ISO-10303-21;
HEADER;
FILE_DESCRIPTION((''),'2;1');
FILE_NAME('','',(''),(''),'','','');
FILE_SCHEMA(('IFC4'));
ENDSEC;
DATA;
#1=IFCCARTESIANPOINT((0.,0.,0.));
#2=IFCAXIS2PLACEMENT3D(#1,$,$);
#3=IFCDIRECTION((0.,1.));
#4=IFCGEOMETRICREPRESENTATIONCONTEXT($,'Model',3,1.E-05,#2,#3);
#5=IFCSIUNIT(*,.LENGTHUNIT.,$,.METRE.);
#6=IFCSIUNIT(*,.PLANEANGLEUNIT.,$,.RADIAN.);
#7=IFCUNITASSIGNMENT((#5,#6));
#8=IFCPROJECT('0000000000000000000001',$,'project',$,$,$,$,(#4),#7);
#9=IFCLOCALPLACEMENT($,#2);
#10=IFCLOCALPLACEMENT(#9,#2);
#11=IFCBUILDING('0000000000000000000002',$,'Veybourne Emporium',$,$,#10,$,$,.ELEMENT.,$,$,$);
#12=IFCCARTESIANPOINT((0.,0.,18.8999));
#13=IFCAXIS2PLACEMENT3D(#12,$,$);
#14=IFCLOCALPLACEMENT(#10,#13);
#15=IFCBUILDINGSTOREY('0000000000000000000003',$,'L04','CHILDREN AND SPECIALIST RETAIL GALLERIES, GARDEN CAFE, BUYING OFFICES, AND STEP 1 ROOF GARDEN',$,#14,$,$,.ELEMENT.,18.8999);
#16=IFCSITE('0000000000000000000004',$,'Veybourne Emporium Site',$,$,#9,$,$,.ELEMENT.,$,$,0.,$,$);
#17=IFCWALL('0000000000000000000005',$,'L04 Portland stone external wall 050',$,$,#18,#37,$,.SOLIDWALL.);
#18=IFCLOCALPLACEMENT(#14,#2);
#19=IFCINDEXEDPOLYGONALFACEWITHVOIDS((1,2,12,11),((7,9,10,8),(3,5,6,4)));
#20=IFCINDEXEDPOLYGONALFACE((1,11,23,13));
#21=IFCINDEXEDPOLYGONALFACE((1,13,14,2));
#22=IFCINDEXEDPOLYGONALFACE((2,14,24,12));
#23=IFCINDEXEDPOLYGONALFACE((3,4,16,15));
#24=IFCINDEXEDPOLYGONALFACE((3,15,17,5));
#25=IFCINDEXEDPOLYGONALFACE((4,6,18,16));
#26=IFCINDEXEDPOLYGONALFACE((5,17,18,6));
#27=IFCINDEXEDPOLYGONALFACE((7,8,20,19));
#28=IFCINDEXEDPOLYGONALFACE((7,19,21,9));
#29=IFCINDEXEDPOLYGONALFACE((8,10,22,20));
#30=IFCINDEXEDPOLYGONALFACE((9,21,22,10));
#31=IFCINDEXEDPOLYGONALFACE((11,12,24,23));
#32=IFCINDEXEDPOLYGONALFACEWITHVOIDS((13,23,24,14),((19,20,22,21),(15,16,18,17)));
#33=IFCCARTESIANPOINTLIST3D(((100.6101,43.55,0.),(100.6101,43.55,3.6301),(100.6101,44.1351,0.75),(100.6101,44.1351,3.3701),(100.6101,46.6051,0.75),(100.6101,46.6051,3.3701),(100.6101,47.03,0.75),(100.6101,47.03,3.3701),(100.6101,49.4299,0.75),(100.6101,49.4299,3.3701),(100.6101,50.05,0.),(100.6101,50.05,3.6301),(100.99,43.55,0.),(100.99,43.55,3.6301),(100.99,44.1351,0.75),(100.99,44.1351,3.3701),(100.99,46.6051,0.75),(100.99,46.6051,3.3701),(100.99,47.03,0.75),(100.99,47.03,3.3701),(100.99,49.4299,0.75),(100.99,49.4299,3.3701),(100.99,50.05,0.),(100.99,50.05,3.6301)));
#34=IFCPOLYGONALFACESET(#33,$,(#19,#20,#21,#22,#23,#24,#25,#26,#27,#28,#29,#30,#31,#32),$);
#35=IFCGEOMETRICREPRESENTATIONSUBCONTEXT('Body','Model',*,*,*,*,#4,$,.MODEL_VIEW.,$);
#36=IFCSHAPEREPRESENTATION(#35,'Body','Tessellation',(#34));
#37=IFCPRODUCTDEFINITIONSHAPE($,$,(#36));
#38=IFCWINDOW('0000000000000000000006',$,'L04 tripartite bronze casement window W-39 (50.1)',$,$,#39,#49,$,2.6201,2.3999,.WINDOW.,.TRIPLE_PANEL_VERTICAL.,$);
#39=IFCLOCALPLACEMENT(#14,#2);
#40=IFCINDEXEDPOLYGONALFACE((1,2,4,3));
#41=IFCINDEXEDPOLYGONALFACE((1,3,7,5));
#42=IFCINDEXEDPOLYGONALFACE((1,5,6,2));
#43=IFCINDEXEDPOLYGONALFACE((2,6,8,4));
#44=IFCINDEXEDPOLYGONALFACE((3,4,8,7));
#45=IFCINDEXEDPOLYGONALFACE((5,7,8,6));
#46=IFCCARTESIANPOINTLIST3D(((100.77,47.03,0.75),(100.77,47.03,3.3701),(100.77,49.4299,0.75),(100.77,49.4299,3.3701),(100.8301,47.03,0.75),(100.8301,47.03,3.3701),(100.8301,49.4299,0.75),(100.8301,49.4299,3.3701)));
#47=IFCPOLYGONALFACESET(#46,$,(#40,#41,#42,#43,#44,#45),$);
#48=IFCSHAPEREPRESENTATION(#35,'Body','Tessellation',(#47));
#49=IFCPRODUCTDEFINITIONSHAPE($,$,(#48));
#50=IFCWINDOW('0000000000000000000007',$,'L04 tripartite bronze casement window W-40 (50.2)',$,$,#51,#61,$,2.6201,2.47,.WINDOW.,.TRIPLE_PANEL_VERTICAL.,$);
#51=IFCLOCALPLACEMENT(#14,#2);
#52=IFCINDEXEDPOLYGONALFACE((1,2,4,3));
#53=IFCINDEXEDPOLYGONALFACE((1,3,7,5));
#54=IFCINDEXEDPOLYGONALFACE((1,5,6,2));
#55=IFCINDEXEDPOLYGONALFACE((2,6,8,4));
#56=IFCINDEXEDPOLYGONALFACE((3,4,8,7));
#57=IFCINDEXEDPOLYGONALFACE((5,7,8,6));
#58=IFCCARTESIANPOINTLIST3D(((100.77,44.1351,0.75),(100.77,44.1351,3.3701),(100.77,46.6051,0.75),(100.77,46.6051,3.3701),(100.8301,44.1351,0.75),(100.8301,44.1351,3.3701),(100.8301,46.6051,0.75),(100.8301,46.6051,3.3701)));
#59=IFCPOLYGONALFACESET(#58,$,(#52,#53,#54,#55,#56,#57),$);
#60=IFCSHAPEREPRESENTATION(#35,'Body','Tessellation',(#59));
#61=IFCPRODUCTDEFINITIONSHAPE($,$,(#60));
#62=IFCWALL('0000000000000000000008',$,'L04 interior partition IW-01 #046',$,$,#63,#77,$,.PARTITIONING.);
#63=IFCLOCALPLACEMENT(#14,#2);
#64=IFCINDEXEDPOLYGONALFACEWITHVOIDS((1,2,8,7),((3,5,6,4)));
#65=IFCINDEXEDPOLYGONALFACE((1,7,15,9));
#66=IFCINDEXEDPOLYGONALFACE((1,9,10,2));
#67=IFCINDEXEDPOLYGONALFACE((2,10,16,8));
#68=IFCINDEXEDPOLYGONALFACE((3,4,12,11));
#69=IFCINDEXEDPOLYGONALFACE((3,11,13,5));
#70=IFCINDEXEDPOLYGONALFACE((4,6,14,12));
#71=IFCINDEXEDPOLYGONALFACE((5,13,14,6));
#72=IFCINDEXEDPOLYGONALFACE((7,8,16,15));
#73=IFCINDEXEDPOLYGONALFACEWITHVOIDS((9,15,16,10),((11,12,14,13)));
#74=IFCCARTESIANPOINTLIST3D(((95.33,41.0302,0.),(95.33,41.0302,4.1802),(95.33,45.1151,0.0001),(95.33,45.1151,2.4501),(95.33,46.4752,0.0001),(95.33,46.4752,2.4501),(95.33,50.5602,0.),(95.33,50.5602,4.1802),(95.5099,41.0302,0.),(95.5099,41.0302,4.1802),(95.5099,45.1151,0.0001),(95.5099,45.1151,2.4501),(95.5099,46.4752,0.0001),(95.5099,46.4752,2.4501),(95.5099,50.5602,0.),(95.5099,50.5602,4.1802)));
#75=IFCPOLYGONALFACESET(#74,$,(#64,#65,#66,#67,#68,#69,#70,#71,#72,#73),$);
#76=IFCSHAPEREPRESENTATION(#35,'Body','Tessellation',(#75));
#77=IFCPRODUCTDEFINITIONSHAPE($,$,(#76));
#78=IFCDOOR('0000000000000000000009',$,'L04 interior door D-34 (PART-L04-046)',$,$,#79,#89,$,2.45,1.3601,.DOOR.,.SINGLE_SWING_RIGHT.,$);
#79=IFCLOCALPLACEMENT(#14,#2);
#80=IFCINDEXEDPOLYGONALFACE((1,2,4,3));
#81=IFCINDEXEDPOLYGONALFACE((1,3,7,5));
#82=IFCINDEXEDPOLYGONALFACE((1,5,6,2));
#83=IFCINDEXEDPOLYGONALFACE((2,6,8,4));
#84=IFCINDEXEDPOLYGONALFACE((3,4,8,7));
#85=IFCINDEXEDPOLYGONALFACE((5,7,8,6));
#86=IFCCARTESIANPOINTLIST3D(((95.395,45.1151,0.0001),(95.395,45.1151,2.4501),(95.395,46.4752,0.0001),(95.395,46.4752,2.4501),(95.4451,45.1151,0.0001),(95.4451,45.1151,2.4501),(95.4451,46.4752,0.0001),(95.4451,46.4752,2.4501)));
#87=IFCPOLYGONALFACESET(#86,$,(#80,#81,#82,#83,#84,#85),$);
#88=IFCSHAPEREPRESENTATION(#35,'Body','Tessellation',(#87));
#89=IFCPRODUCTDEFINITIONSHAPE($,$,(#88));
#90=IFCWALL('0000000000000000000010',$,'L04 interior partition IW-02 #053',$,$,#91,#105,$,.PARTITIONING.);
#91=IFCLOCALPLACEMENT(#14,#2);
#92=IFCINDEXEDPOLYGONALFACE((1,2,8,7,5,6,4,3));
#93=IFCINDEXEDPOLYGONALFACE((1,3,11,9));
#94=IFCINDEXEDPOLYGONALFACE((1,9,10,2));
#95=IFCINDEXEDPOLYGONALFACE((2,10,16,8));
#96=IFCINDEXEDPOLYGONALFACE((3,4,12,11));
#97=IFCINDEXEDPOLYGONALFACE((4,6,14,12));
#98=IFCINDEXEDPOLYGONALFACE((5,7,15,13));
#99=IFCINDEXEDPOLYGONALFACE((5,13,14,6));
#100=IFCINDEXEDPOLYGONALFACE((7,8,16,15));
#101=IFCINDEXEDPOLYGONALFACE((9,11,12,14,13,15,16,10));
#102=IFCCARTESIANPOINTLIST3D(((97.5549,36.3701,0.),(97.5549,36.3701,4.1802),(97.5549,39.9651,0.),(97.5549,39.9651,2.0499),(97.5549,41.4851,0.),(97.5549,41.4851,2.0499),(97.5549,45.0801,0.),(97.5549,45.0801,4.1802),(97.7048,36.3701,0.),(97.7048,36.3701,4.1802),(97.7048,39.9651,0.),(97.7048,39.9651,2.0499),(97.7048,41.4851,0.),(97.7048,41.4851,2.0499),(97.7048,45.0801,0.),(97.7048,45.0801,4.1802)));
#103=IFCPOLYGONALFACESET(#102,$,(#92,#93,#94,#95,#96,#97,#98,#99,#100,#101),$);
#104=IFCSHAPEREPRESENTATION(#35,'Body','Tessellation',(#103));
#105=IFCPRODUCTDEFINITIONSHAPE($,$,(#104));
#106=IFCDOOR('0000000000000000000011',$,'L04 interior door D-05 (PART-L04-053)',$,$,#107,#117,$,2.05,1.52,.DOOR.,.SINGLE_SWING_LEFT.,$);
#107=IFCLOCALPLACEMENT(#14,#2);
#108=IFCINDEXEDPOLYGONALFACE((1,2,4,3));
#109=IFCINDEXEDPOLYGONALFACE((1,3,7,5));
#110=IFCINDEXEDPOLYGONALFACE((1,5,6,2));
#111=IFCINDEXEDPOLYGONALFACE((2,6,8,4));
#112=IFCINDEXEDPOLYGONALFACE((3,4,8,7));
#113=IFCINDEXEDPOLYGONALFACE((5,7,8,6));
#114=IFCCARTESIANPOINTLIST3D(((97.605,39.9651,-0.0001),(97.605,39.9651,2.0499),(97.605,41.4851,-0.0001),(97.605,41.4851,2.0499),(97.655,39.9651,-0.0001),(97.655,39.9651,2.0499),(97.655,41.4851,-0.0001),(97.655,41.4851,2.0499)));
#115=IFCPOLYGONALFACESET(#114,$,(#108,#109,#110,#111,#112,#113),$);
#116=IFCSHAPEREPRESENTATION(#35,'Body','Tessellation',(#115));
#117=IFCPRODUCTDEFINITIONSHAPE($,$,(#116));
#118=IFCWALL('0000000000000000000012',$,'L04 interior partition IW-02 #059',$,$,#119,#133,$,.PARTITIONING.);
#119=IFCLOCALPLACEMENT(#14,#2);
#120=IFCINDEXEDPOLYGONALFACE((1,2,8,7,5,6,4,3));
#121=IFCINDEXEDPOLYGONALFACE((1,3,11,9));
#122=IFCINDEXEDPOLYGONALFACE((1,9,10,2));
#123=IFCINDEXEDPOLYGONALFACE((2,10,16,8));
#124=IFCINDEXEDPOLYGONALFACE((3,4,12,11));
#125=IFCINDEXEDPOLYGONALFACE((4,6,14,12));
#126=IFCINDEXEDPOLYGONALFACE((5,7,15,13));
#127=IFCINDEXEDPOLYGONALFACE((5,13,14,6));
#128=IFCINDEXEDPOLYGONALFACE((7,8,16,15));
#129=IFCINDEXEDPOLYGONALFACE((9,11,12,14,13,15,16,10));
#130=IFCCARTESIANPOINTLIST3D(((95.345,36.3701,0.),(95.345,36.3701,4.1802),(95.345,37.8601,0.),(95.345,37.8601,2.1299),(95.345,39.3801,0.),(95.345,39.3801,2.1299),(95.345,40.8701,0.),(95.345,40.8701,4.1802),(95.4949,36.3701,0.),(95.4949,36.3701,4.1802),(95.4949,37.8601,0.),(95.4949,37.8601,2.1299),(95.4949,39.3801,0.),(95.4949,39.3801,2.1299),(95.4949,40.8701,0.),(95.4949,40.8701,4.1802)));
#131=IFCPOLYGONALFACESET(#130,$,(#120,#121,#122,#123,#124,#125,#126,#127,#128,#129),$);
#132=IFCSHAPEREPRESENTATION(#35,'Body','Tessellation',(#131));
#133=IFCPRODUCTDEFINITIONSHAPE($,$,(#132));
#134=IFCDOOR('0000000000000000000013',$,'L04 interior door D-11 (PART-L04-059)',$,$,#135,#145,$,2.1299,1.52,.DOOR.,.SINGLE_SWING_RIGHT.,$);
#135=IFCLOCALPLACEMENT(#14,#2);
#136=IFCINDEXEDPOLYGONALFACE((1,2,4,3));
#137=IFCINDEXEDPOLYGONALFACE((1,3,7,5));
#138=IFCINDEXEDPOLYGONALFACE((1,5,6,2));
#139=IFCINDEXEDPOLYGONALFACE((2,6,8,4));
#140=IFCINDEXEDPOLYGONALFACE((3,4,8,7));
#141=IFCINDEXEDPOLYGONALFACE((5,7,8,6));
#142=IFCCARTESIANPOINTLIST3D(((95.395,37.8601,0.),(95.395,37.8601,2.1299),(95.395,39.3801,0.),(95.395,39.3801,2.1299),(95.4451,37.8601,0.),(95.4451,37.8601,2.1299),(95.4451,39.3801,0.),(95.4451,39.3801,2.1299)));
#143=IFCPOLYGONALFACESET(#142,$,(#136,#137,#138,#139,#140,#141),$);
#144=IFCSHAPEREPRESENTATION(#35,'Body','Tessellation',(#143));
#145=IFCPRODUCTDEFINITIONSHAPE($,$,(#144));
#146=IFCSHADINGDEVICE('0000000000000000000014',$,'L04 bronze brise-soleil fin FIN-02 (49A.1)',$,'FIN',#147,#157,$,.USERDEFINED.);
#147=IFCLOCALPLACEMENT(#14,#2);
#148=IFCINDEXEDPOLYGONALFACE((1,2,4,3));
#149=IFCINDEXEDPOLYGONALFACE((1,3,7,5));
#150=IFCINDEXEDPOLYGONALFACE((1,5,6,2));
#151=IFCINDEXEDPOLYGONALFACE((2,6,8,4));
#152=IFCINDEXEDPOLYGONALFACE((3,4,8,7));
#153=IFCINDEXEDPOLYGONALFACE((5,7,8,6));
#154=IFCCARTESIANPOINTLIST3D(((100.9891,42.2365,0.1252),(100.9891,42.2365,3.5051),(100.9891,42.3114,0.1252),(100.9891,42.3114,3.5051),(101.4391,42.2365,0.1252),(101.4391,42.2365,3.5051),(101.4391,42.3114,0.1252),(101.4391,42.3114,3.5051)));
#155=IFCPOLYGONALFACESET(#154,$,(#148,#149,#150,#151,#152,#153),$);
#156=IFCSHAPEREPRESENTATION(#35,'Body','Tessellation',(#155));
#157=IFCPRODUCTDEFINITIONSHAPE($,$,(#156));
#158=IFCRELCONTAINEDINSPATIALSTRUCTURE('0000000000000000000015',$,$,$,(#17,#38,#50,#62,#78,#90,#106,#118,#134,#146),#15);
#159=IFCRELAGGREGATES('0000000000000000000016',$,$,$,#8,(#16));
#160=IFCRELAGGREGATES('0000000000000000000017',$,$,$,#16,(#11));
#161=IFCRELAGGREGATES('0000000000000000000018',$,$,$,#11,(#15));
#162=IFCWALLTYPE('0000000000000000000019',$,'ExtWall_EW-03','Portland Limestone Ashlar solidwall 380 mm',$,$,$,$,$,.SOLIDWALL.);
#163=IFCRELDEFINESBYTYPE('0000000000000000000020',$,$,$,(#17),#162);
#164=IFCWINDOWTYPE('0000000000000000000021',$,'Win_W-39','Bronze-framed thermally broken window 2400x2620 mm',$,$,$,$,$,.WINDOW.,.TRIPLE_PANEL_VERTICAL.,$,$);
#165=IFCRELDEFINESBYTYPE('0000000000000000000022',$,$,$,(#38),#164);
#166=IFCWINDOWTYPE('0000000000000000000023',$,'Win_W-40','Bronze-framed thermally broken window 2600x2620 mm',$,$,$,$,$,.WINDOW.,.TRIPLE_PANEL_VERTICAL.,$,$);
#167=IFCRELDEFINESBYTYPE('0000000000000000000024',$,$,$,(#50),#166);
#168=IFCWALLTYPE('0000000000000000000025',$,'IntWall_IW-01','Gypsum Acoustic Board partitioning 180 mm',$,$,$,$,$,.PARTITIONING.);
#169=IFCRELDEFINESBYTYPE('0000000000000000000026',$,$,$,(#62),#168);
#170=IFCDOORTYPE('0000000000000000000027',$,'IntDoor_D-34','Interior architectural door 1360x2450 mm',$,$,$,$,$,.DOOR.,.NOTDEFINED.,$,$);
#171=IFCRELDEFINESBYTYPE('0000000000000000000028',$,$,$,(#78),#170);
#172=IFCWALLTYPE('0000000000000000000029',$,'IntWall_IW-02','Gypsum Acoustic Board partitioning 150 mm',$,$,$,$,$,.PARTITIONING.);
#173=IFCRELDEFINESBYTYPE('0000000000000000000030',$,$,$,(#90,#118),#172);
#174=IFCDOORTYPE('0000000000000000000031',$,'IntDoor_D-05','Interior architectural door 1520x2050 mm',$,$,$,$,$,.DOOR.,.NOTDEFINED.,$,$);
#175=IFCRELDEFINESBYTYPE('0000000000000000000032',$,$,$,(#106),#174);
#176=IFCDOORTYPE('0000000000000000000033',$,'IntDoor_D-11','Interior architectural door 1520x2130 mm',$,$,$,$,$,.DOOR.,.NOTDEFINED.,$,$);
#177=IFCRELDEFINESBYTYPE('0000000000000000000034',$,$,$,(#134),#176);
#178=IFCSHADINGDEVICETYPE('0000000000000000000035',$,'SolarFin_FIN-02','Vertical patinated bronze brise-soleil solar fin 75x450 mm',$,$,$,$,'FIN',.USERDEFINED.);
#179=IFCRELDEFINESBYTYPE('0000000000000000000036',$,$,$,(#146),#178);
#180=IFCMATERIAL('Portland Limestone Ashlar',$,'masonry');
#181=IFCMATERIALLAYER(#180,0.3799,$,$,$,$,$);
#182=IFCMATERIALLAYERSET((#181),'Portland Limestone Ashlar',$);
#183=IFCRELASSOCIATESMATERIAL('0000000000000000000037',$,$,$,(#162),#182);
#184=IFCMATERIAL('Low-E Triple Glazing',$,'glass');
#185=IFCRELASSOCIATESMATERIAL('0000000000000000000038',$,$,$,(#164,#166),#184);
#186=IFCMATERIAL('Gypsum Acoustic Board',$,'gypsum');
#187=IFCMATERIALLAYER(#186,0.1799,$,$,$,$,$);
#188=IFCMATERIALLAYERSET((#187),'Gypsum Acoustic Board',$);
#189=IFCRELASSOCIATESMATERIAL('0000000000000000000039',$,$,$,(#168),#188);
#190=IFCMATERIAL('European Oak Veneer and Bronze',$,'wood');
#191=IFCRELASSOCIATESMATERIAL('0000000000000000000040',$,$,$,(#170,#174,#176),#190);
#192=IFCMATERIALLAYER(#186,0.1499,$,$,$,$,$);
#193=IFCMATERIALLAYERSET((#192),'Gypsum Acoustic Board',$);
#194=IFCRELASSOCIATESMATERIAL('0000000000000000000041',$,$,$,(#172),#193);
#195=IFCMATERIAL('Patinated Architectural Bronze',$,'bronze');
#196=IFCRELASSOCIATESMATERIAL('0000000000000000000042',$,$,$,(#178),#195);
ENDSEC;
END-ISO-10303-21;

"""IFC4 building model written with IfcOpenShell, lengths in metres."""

from ifc_helpers import new_model, si_unit, direction, frame, frame_2d, origin, origin_2d, place, context, subcontext, project, spatial, rectangle, extrude, material, layer, layer_set, type_object, element, fill, save


model = new_model("IFC4")

# Units and contexts
model_context = context("Model", 3, precision=1e-05, world=origin(), true_north=direction((0.0, 1.0)))
body_context = subcontext(model_context, "Body", "Model", "MODEL_VIEW")
ifc_project = project(units=[si_unit("LENGTHUNIT", "METRE"), si_unit("PLANEANGLEUNIT", "RADIAN")], contexts=[model_context])

# Site, building, storey
site_placement = place(None, origin())
site = spatial("IfcSite", under=ifc_project, at=site_placement, Name="Veybourne Emporium Site", CompositionType="ELEMENT", RefElevation=0.0)
building_placement = place(site_placement, origin())
building = spatial("IfcBuilding", under=site, at=building_placement, Name="Veybourne Emporium", CompositionType="ELEMENT")
storey_placement = place(building_placement, frame((0.0, 0.0, 18.8999)))
storey = spatial("IfcBuildingStorey", under=building, at=storey_placement, Name="L04", Description="CHILDREN AND SPECIALIST RETAIL GALLERIES, GARDEN CAFE, BUYING OFFICES, AND STEP 1 ROOF GARDEN", CompositionType="ELEMENT", Elevation=18.8999)

# Shared definitions
ifc_material_1 = material(Name="Patinated Architectural Bronze", Category="bronze")

# Shared definitions
ifc_material_2 = material(Name="Low-E Triple Glazing", Category="glass")

# Shared definitions
ifc_material_3 = material(Name="Portland Limestone Ashlar", Category="masonry")
ifc_layer_1 = layer(ifc_material_3, 0.3799)
ifc_layer_set_1 = layer_set([ifc_layer_1], Name="Portland Limestone Ashlar")
wall_type_1 = type_object("IfcWallType", Name="ExtWall_EW-03", Description="Portland Limestone Ashlar solidwall 380 mm", PredefinedType="SOLIDWALL", material=ifc_layer_set_1)

# Wall, openings, windows
wall_1_placement = place(storey_placement, frame((100.8, 50.05, 0.0), z_axis=(0.0, 0.0, 1.0), x_axis=(0.0, -1.0, 0.0)))
wall_1 = element("IfcWall", 1, at=wall_1_placement, inside=storey, type_object=wall_type_1, Name="L04 Portland stone external wall 050", PredefinedType="SOLIDWALL", context=body_context, shape_type="SweptSolid", body=[
    extrude(rectangle(XDim=6.5, YDim=0.3799, at=frame_2d((3.25, 0.0))), origin(), (0.0, 0.0, 1.0), 3.6301),
])
opening_1_placement = place(wall_1_placement, frame((0.6201, 0.0, 0.75)))
opening_1 = element("IfcOpeningElement", 2, at=opening_1_placement, cuts=wall_1, PredefinedType="OPENING", context=body_context, shape_type="SweptSolid", body=[
    extrude(rectangle(XDim=2.3999, YDim=2.6201, at=frame_2d((1.2, 1.3101))), frame((0.0, 0.21, 0.0), z_axis=(0.0, -1.0, 0.0), x_axis=(1.0, 0.0, 0.0)), (0.0, 0.0, 1.0), 0.4199),
])
opening_2_placement = place(wall_1_placement, frame((3.4451, 0.0, 0.75)))
opening_2 = element("IfcOpeningElement", 3, at=opening_2_placement, cuts=wall_1, PredefinedType="OPENING", context=body_context, shape_type="SweptSolid", body=[
    extrude(rectangle(XDim=2.47, YDim=2.6201, at=frame_2d((1.2349, 1.3101))), frame((0.0, 0.21, 0.0), z_axis=(0.0, -1.0, 0.0), x_axis=(1.0, 0.0, 0.0)), (0.0, 0.0, 1.0), 0.4199),
])
window_type_1 = type_object("IfcWindowType", Name="Win_W-39", Description="Bronze-framed thermally broken window 2400x2620 mm", PartitioningType="TRIPLE_PANEL_VERTICAL", PredefinedType="WINDOW", material=ifc_material_2)
window_1_placement = place(opening_1_placement, origin())
window_1 = element("IfcWindow", 4, at=window_1_placement, inside=storey, type_object=window_type_1, Name="L04 tripartite bronze casement window W-39 (50.1)", OverallHeight=2.6201, OverallWidth=2.3999, PartitioningType="TRIPLE_PANEL_VERTICAL", PredefinedType="WINDOW", context=body_context, shape_type="SweptSolid", body=[
    extrude(rectangle(XDim=2.3999, YDim=2.6201, at=frame_2d((1.2, 1.3101))), frame((0.0, 0.03, 0.0), z_axis=(0.0, -1.0, 0.0), x_axis=(1.0, 0.0, 0.0)), (0.0, 0.0, 1.0), 0.0601),
])
fill(opening_1, window_1)
window_type_2 = type_object("IfcWindowType", Name="Win_W-40", Description="Bronze-framed thermally broken window 2600x2620 mm", PartitioningType="TRIPLE_PANEL_VERTICAL", PredefinedType="WINDOW", material=ifc_material_2)
window_2_placement = place(opening_2_placement, origin())
window_2 = element("IfcWindow", 5, at=window_2_placement, inside=storey, type_object=window_type_2, Name="L04 tripartite bronze casement window W-40 (50.2)", OverallHeight=2.6201, OverallWidth=2.47, PartitioningType="TRIPLE_PANEL_VERTICAL", PredefinedType="WINDOW", context=body_context, shape_type="SweptSolid", body=[
    extrude(rectangle(XDim=2.47, YDim=2.6201, at=frame_2d((1.2349, 1.3101))), frame((0.0, 0.03, 0.0), z_axis=(0.0, -1.0, 0.0), x_axis=(1.0, 0.0, 0.0)), (0.0, 0.0, 1.0), 0.0601),
])
fill(opening_2, window_2)

# Walls, openings, doors
ifc_material_4 = material(Name="Gypsum Acoustic Board", Category="gypsum")
ifc_layer_2 = layer(ifc_material_4, 0.1799)
ifc_layer_set_2 = layer_set([ifc_layer_2], Name="Gypsum Acoustic Board")
wall_type_2 = type_object("IfcWallType", Name="IntWall_IW-01", Description="Gypsum Acoustic Board partitioning 180 mm", PredefinedType="PARTITIONING", material=ifc_layer_set_2)
wall_2_placement = place(storey_placement, frame((95.4199, 41.03, 0.0), z_axis=(0.0, 0.0, 1.0), x_axis=(0.0, 1.0, 0.0)))
wall_2 = element("IfcWall", 6, at=wall_2_placement, inside=storey, type_object=wall_type_2, Name="L04 interior partition IW-01 #046", PredefinedType="PARTITIONING", context=body_context, shape_type="SweptSolid", body=[
    extrude(rectangle(XDim=9.53, YDim=0.1799, at=frame_2d((4.7651, 0.0))), origin(), (0.0, 0.0, 1.0), 4.1802),
])
opening_3_placement = place(wall_2_placement, frame((4.085, 0.0, 0.0)))
opening_3 = element("IfcOpeningElement", 7, at=opening_3_placement, cuts=wall_2, PredefinedType="OPENING", context=body_context, shape_type="SweptSolid", body=[
    extrude(rectangle(XDim=1.3601, YDim=2.45, at=frame_2d((0.6802, 1.2251))), frame((0.0, 0.1099, 0.0), z_axis=(0.0, -1.0, 0.0), x_axis=(1.0, 0.0, 0.0)), (0.0, 0.0, 1.0), 0.22),
])
ifc_material_5 = material(Name="European Oak Veneer and Bronze", Category="wood")
door_type_1 = type_object("IfcDoorType", Name="IntDoor_D-34", Description="Interior architectural door 1360x2450 mm", OperationType="NOTDEFINED", PredefinedType="DOOR", material=ifc_material_5)
door_1_placement = place(opening_3_placement, origin())
door_1 = element("IfcDoor", 8, at=door_1_placement, inside=storey, type_object=door_type_1, Name="L04 interior door D-34 (PART-L04-046)", OperationType="SINGLE_SWING_RIGHT", OverallHeight=2.45, OverallWidth=1.3601, PredefinedType="DOOR", context=body_context, shape_type="SweptSolid", body=[
    extrude(rectangle(XDim=1.3601, YDim=2.45, at=frame_2d((0.6802, 1.2251))), frame((0.0, 0.0249, 0.0), z_axis=(0.0, -1.0, 0.0), x_axis=(1.0, 0.0, 0.0)), (0.0, 0.0, 1.0), 0.05),
])
fill(opening_3, door_1)
ifc_layer_3 = layer(ifc_material_4, 0.1499)
ifc_layer_set_3 = layer_set([ifc_layer_3], Name="Gypsum Acoustic Board")
wall_type_3 = type_object("IfcWallType", Name="IntWall_IW-02", Description="Gypsum Acoustic Board partitioning 150 mm", PredefinedType="PARTITIONING", material=ifc_layer_set_3)
wall_3_placement = place(storey_placement, frame((97.6299, 36.3701, 0.0), z_axis=(0.0, 0.0, 1.0), x_axis=(0.0, 1.0, 0.0)))
wall_3 = element("IfcWall", 9, at=wall_3_placement, inside=storey, type_object=wall_type_3, Name="L04 interior partition IW-02 #053", PredefinedType="PARTITIONING", context=body_context, shape_type="SweptSolid", body=[
    extrude(rectangle(XDim=8.71, YDim=0.1499, at=frame_2d((4.355, 0.0))), origin(), (0.0, 0.0, 1.0), 4.1802),
])
opening_4_placement = place(wall_3_placement, frame((3.595, 0.0, 0.0)))
opening_4 = element("IfcOpeningElement", 10, at=opening_4_placement, cuts=wall_3, PredefinedType="OPENING", context=body_context, shape_type="SweptSolid", body=[
    extrude(rectangle(XDim=1.52, YDim=2.05, at=frame_2d((0.76, 1.0249))), frame((0.0, 0.095, 0.0), z_axis=(0.0, -1.0, 0.0), x_axis=(1.0, 0.0, 0.0)), (0.0, 0.0, 1.0), 0.1899),
])
door_type_2 = type_object("IfcDoorType", Name="IntDoor_D-05", Description="Interior architectural door 1520x2050 mm", OperationType="NOTDEFINED", PredefinedType="DOOR", material=ifc_material_5)
door_2_placement = place(opening_4_placement, origin())
door_2 = element("IfcDoor", 11, at=door_2_placement, inside=storey, type_object=door_type_2, Name="L04 interior door D-05 (PART-L04-053)", OperationType="SINGLE_SWING_LEFT", OverallHeight=2.05, OverallWidth=1.52, PredefinedType="DOOR", context=body_context, shape_type="SweptSolid", body=[
    extrude(rectangle(XDim=1.52, YDim=2.05, at=frame_2d((0.76, 1.0249))), frame((0.0, 0.0249, 0.0), z_axis=(0.0, -1.0, 0.0), x_axis=(1.0, 0.0, 0.0)), (0.0, 0.0, 1.0), 0.05),
])
fill(opening_4, door_2)
wall_4_placement = place(storey_placement, frame((95.4199, 36.3701, 0.0), z_axis=(0.0, 0.0, 1.0), x_axis=(0.0, 1.0, 0.0)))
wall_4 = element("IfcWall", 12, at=wall_4_placement, inside=storey, type_object=wall_type_3, Name="L04 interior partition IW-02 #059", PredefinedType="PARTITIONING", context=body_context, shape_type="SweptSolid", body=[
    extrude(rectangle(XDim=4.5, YDim=0.1499, at=frame_2d((2.25, 0.0))), origin(), (0.0, 0.0, 1.0), 4.1802),
])
opening_5_placement = place(wall_4_placement, frame((1.49, 0.0, 0.0)))
opening_5 = element("IfcOpeningElement", 13, at=opening_5_placement, cuts=wall_4, PredefinedType="OPENING", context=body_context, shape_type="SweptSolid", body=[
    extrude(rectangle(XDim=1.52, YDim=2.1299, at=frame_2d((0.76, 1.0649))), frame((0.0, 0.095, 0.0), z_axis=(0.0, -1.0, 0.0), x_axis=(1.0, 0.0, 0.0)), (0.0, 0.0, 1.0), 0.1899),
])
door_type_3 = type_object("IfcDoorType", Name="IntDoor_D-11", Description="Interior architectural door 1520x2130 mm", OperationType="NOTDEFINED", PredefinedType="DOOR", material=ifc_material_5)
door_3_placement = place(opening_5_placement, origin())
door_3 = element("IfcDoor", 14, at=door_3_placement, inside=storey, type_object=door_type_3, Name="L04 interior door D-11 (PART-L04-059)", OperationType="SINGLE_SWING_RIGHT", OverallHeight=2.1299, OverallWidth=1.52, PredefinedType="DOOR", context=body_context, shape_type="SweptSolid", body=[
    extrude(rectangle(XDim=1.52, YDim=2.1299, at=frame_2d((0.76, 1.0649))), frame((0.0, 0.0249, 0.0), z_axis=(0.0, -1.0, 0.0), x_axis=(1.0, 0.0, 0.0)), (0.0, 0.0, 1.0), 0.05),
])
fill(opening_5, door_3)

# Shading device
shading_device_type = type_object("IfcShadingDeviceType", Name="SolarFin_FIN-02", Description="Vertical patinated bronze brise-soleil solar fin 75x450 mm", ElementType="FIN", PredefinedType="USERDEFINED", material=ifc_material_1)
for number, where, z_axis, x_axis, name in (
    (15, (101.2141, 42.2739, 0.1252), (0.0, 0.0, 1.0), (0.0, -1.0, 0.0), "L04 bronze brise-soleil fin FIN-02 (49A.1)"),
):
    element("IfcShadingDevice", number, at=place(storey_placement, frame(where, z_axis=z_axis, x_axis=x_axis)), inside=storey, type_object=shading_device_type, Name=name, ObjectType="FIN", PredefinedType="USERDEFINED", context=body_context, shape_type="SweptSolid", body=[
        extrude(rectangle(XDim=0.075, YDim=0.45, at=origin_2d()), origin(), (0.0, 0.0, 1.0), 3.3799),
    ])

save(model, "model.ifc")
